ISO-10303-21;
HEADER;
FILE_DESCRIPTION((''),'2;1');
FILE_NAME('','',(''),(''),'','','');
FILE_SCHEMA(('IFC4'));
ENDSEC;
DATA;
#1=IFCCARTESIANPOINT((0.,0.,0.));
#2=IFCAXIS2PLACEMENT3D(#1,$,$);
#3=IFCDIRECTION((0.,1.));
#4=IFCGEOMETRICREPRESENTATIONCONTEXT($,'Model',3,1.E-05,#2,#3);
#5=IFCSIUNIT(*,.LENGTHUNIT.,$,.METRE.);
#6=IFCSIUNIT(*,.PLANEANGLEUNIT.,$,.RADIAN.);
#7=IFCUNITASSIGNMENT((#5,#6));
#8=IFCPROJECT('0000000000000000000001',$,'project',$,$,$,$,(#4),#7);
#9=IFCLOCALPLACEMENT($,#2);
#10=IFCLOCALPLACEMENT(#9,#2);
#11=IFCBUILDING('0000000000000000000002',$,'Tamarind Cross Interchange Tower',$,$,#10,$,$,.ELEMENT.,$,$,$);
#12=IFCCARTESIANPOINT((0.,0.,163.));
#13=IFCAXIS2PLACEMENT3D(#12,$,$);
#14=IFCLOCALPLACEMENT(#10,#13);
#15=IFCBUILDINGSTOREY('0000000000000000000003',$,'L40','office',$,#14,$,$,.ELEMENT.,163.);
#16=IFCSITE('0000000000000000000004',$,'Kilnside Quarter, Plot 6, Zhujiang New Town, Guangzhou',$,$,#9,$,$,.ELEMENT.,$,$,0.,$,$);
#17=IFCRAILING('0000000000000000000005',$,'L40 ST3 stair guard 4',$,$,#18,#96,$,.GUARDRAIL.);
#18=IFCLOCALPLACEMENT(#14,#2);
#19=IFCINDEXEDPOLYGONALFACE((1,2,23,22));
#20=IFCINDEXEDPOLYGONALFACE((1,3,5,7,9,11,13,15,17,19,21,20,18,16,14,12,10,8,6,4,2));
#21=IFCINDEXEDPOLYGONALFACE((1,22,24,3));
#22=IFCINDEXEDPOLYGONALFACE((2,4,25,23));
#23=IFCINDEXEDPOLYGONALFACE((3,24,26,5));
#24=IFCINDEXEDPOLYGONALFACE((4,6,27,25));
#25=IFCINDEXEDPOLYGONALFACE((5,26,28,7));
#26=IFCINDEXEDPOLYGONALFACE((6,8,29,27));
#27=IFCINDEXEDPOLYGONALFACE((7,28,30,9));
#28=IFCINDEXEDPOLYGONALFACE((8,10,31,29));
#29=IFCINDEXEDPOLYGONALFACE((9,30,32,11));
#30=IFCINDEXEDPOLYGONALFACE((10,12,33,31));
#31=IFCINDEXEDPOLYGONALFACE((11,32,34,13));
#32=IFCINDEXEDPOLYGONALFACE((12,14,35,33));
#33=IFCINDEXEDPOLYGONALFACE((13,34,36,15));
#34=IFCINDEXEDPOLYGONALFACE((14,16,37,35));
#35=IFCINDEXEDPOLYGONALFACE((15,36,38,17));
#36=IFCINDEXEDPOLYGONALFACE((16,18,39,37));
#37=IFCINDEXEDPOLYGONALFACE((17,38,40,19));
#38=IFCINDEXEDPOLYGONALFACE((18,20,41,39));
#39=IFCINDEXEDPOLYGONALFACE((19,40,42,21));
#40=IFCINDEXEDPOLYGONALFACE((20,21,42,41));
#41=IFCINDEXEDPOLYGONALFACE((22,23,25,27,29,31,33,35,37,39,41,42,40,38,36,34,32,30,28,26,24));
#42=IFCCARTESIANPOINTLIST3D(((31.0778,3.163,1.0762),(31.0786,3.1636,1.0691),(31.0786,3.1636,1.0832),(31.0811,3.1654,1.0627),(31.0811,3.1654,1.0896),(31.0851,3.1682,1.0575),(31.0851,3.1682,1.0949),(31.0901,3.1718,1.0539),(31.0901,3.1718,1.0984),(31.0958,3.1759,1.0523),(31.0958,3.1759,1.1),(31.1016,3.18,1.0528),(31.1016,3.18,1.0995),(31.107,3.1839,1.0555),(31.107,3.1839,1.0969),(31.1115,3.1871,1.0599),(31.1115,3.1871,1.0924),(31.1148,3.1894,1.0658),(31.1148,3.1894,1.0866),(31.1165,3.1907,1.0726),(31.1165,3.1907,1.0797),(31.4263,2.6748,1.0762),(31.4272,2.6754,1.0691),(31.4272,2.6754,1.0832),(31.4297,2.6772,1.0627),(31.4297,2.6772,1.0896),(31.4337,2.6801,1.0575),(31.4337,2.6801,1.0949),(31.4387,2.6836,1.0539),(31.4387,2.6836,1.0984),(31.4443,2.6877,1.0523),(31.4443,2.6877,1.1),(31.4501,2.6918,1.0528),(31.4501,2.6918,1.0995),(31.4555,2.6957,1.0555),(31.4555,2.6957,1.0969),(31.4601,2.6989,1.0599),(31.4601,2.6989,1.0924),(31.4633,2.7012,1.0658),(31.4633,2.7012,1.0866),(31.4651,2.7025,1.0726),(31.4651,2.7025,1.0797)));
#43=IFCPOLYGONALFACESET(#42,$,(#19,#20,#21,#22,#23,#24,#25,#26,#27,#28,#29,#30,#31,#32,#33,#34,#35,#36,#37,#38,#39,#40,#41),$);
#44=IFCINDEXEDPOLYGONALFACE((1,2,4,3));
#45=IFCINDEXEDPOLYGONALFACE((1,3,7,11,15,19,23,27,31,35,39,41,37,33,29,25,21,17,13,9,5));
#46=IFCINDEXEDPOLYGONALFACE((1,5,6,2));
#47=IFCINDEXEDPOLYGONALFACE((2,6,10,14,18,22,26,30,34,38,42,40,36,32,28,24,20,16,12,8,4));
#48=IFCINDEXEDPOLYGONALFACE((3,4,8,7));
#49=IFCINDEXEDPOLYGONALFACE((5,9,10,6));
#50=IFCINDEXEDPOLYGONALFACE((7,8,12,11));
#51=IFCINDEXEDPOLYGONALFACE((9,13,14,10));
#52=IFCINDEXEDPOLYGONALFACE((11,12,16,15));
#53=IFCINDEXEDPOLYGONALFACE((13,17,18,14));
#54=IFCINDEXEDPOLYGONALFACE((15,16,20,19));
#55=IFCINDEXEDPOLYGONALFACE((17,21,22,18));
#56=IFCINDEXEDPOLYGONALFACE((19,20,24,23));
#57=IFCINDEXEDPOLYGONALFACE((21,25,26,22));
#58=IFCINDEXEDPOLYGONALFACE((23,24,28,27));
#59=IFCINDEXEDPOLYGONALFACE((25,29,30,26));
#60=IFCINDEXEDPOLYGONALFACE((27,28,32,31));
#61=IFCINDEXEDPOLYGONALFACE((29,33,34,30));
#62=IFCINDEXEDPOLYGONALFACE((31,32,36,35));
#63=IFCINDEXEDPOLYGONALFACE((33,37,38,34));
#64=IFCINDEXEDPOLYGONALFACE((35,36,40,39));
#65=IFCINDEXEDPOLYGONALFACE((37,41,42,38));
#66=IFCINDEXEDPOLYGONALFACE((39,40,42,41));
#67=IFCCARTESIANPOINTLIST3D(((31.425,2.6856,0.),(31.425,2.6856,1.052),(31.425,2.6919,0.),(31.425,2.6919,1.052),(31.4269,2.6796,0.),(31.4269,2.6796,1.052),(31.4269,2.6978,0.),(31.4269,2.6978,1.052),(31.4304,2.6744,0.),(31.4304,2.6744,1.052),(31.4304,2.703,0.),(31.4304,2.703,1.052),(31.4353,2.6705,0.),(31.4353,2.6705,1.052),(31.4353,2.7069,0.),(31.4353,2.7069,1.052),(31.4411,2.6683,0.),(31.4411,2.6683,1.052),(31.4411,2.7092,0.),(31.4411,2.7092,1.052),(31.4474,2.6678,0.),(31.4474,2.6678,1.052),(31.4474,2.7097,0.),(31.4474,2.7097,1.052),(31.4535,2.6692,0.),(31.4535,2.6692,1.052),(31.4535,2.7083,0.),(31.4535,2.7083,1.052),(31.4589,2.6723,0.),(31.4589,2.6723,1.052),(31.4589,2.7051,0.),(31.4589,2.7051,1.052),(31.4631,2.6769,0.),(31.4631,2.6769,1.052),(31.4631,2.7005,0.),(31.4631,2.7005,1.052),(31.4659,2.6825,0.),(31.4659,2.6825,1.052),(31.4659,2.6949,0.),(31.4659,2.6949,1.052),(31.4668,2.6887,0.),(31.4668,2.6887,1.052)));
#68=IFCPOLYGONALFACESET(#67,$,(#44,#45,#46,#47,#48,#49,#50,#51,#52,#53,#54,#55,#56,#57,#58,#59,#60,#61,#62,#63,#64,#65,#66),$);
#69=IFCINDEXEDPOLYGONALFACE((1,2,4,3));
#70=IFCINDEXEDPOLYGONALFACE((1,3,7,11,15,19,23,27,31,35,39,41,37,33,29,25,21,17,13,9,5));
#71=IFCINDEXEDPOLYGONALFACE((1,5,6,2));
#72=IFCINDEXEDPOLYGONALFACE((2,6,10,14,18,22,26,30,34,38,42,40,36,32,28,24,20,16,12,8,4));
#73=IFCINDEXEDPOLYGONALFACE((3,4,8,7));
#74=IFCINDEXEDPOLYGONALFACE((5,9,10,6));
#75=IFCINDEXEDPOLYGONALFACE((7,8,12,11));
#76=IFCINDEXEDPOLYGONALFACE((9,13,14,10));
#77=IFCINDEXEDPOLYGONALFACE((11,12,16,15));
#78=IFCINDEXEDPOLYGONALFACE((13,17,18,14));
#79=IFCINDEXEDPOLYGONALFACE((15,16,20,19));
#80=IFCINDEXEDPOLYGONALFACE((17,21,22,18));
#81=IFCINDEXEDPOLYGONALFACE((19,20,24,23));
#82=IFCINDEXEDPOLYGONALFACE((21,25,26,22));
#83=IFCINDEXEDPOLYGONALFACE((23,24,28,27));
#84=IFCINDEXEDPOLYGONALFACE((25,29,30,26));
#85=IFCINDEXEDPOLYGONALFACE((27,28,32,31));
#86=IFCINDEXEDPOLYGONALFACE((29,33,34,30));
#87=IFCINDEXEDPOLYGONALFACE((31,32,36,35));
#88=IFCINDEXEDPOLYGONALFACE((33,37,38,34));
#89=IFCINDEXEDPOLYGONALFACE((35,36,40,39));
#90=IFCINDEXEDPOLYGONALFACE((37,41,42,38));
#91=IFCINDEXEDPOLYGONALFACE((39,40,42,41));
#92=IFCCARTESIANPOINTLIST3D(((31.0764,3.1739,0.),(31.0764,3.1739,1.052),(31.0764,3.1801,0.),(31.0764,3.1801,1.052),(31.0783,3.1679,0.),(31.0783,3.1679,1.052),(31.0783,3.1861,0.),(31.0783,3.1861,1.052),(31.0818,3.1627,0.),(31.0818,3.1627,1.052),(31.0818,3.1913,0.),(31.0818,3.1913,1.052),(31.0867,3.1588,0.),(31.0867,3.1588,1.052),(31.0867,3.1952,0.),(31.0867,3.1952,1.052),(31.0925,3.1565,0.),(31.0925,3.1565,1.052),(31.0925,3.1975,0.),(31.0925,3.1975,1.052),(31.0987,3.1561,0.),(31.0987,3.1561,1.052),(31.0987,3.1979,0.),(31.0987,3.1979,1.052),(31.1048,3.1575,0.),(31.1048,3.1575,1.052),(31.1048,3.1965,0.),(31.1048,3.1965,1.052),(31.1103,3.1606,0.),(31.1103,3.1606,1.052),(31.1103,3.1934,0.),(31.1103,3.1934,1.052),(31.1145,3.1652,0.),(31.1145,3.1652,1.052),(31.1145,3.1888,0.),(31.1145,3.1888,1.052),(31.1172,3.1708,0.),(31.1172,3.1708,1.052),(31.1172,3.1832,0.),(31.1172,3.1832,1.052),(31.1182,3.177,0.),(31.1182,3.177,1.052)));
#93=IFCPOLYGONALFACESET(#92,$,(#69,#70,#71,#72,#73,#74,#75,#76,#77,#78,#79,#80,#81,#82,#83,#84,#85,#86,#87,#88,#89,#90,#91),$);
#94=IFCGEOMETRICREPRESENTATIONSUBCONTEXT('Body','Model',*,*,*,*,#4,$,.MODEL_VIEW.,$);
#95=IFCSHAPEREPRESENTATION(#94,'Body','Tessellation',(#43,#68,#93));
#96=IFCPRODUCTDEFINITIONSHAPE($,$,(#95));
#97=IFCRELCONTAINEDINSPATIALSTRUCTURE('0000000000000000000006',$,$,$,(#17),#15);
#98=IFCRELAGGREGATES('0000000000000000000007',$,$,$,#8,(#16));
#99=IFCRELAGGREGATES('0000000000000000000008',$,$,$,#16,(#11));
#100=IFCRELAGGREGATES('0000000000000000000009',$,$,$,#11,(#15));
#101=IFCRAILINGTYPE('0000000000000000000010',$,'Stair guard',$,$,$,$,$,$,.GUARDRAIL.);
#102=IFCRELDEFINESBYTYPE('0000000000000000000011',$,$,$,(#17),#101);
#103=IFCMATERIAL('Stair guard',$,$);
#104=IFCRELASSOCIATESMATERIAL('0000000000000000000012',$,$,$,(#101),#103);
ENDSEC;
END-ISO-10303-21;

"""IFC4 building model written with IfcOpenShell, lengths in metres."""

from ifc_helpers import new_model, si_unit, direction, frame, origin, origin_2d, place, context, subcontext, project, spatial, circle, extrude, material, type_object, element, save


model = new_model("IFC4")

# Units and contexts
model_context = context("Model", 3, precision=1e-05, world=origin(), true_north=direction((0.0, 1.0)))
body_context = subcontext(model_context, "Body", "Model", "MODEL_VIEW")
ifc_project = project(units=[si_unit("LENGTHUNIT", "METRE"), si_unit("PLANEANGLEUNIT", "RADIAN")], contexts=[model_context])

# Site, building, storey
site_placement = place(None, origin())
site = spatial("IfcSite", under=ifc_project, at=site_placement, Name="Kilnside Quarter, Plot 6, Zhujiang New Town, Guangzhou", CompositionType="ELEMENT", RefElevation=0.0)
building_placement = place(site_placement, origin())
building = spatial("IfcBuilding", under=site, at=building_placement, Name="Tamarind Cross Interchange Tower", CompositionType="ELEMENT")
storey_placement = place(building_placement, frame((0.0, 0.0, 163.0)))
storey = spatial("IfcBuildingStorey", under=building, at=storey_placement, Name="L40", Description="office", CompositionType="ELEMENT", Elevation=163.0)

# Railing
ifc_material_1 = material(Name="Stair guard")
railing_type = type_object("IfcRailingType", Name="Stair guard", PredefinedType="GUARDRAIL", material=ifc_material_1)
railing_1_placement = place(storey_placement, frame((31.4458, 2.6887, 0.0)))
element("IfcRailing", 1, at=railing_1_placement, inside=storey, type_object=railing_type, Name="L40 ST3 stair guard 4", PredefinedType="GUARDRAIL", context=body_context, shape_type="SweptSolid", body=[
    extrude(circle(Radius=0.0239, at=origin_2d()), frame((0.0, 0.0, 1.0762), z_axis=(-0.581084, 0.813843, 0.0), x_axis=(-0.813843, -0.581084, 0.0)), (0.0, 0.0, 1.0), 0.5999),
    extrude(circle(Radius=0.021, at=origin_2d()), origin(), (0.0, 0.0, 1.0), 1.052),
    extrude(circle(Radius=0.021, at=origin_2d()), frame((-0.3486, 0.4883, 0.0)), (0.0, 0.0, 1.0), 1.052),
])

save(model, "model.ifc")
